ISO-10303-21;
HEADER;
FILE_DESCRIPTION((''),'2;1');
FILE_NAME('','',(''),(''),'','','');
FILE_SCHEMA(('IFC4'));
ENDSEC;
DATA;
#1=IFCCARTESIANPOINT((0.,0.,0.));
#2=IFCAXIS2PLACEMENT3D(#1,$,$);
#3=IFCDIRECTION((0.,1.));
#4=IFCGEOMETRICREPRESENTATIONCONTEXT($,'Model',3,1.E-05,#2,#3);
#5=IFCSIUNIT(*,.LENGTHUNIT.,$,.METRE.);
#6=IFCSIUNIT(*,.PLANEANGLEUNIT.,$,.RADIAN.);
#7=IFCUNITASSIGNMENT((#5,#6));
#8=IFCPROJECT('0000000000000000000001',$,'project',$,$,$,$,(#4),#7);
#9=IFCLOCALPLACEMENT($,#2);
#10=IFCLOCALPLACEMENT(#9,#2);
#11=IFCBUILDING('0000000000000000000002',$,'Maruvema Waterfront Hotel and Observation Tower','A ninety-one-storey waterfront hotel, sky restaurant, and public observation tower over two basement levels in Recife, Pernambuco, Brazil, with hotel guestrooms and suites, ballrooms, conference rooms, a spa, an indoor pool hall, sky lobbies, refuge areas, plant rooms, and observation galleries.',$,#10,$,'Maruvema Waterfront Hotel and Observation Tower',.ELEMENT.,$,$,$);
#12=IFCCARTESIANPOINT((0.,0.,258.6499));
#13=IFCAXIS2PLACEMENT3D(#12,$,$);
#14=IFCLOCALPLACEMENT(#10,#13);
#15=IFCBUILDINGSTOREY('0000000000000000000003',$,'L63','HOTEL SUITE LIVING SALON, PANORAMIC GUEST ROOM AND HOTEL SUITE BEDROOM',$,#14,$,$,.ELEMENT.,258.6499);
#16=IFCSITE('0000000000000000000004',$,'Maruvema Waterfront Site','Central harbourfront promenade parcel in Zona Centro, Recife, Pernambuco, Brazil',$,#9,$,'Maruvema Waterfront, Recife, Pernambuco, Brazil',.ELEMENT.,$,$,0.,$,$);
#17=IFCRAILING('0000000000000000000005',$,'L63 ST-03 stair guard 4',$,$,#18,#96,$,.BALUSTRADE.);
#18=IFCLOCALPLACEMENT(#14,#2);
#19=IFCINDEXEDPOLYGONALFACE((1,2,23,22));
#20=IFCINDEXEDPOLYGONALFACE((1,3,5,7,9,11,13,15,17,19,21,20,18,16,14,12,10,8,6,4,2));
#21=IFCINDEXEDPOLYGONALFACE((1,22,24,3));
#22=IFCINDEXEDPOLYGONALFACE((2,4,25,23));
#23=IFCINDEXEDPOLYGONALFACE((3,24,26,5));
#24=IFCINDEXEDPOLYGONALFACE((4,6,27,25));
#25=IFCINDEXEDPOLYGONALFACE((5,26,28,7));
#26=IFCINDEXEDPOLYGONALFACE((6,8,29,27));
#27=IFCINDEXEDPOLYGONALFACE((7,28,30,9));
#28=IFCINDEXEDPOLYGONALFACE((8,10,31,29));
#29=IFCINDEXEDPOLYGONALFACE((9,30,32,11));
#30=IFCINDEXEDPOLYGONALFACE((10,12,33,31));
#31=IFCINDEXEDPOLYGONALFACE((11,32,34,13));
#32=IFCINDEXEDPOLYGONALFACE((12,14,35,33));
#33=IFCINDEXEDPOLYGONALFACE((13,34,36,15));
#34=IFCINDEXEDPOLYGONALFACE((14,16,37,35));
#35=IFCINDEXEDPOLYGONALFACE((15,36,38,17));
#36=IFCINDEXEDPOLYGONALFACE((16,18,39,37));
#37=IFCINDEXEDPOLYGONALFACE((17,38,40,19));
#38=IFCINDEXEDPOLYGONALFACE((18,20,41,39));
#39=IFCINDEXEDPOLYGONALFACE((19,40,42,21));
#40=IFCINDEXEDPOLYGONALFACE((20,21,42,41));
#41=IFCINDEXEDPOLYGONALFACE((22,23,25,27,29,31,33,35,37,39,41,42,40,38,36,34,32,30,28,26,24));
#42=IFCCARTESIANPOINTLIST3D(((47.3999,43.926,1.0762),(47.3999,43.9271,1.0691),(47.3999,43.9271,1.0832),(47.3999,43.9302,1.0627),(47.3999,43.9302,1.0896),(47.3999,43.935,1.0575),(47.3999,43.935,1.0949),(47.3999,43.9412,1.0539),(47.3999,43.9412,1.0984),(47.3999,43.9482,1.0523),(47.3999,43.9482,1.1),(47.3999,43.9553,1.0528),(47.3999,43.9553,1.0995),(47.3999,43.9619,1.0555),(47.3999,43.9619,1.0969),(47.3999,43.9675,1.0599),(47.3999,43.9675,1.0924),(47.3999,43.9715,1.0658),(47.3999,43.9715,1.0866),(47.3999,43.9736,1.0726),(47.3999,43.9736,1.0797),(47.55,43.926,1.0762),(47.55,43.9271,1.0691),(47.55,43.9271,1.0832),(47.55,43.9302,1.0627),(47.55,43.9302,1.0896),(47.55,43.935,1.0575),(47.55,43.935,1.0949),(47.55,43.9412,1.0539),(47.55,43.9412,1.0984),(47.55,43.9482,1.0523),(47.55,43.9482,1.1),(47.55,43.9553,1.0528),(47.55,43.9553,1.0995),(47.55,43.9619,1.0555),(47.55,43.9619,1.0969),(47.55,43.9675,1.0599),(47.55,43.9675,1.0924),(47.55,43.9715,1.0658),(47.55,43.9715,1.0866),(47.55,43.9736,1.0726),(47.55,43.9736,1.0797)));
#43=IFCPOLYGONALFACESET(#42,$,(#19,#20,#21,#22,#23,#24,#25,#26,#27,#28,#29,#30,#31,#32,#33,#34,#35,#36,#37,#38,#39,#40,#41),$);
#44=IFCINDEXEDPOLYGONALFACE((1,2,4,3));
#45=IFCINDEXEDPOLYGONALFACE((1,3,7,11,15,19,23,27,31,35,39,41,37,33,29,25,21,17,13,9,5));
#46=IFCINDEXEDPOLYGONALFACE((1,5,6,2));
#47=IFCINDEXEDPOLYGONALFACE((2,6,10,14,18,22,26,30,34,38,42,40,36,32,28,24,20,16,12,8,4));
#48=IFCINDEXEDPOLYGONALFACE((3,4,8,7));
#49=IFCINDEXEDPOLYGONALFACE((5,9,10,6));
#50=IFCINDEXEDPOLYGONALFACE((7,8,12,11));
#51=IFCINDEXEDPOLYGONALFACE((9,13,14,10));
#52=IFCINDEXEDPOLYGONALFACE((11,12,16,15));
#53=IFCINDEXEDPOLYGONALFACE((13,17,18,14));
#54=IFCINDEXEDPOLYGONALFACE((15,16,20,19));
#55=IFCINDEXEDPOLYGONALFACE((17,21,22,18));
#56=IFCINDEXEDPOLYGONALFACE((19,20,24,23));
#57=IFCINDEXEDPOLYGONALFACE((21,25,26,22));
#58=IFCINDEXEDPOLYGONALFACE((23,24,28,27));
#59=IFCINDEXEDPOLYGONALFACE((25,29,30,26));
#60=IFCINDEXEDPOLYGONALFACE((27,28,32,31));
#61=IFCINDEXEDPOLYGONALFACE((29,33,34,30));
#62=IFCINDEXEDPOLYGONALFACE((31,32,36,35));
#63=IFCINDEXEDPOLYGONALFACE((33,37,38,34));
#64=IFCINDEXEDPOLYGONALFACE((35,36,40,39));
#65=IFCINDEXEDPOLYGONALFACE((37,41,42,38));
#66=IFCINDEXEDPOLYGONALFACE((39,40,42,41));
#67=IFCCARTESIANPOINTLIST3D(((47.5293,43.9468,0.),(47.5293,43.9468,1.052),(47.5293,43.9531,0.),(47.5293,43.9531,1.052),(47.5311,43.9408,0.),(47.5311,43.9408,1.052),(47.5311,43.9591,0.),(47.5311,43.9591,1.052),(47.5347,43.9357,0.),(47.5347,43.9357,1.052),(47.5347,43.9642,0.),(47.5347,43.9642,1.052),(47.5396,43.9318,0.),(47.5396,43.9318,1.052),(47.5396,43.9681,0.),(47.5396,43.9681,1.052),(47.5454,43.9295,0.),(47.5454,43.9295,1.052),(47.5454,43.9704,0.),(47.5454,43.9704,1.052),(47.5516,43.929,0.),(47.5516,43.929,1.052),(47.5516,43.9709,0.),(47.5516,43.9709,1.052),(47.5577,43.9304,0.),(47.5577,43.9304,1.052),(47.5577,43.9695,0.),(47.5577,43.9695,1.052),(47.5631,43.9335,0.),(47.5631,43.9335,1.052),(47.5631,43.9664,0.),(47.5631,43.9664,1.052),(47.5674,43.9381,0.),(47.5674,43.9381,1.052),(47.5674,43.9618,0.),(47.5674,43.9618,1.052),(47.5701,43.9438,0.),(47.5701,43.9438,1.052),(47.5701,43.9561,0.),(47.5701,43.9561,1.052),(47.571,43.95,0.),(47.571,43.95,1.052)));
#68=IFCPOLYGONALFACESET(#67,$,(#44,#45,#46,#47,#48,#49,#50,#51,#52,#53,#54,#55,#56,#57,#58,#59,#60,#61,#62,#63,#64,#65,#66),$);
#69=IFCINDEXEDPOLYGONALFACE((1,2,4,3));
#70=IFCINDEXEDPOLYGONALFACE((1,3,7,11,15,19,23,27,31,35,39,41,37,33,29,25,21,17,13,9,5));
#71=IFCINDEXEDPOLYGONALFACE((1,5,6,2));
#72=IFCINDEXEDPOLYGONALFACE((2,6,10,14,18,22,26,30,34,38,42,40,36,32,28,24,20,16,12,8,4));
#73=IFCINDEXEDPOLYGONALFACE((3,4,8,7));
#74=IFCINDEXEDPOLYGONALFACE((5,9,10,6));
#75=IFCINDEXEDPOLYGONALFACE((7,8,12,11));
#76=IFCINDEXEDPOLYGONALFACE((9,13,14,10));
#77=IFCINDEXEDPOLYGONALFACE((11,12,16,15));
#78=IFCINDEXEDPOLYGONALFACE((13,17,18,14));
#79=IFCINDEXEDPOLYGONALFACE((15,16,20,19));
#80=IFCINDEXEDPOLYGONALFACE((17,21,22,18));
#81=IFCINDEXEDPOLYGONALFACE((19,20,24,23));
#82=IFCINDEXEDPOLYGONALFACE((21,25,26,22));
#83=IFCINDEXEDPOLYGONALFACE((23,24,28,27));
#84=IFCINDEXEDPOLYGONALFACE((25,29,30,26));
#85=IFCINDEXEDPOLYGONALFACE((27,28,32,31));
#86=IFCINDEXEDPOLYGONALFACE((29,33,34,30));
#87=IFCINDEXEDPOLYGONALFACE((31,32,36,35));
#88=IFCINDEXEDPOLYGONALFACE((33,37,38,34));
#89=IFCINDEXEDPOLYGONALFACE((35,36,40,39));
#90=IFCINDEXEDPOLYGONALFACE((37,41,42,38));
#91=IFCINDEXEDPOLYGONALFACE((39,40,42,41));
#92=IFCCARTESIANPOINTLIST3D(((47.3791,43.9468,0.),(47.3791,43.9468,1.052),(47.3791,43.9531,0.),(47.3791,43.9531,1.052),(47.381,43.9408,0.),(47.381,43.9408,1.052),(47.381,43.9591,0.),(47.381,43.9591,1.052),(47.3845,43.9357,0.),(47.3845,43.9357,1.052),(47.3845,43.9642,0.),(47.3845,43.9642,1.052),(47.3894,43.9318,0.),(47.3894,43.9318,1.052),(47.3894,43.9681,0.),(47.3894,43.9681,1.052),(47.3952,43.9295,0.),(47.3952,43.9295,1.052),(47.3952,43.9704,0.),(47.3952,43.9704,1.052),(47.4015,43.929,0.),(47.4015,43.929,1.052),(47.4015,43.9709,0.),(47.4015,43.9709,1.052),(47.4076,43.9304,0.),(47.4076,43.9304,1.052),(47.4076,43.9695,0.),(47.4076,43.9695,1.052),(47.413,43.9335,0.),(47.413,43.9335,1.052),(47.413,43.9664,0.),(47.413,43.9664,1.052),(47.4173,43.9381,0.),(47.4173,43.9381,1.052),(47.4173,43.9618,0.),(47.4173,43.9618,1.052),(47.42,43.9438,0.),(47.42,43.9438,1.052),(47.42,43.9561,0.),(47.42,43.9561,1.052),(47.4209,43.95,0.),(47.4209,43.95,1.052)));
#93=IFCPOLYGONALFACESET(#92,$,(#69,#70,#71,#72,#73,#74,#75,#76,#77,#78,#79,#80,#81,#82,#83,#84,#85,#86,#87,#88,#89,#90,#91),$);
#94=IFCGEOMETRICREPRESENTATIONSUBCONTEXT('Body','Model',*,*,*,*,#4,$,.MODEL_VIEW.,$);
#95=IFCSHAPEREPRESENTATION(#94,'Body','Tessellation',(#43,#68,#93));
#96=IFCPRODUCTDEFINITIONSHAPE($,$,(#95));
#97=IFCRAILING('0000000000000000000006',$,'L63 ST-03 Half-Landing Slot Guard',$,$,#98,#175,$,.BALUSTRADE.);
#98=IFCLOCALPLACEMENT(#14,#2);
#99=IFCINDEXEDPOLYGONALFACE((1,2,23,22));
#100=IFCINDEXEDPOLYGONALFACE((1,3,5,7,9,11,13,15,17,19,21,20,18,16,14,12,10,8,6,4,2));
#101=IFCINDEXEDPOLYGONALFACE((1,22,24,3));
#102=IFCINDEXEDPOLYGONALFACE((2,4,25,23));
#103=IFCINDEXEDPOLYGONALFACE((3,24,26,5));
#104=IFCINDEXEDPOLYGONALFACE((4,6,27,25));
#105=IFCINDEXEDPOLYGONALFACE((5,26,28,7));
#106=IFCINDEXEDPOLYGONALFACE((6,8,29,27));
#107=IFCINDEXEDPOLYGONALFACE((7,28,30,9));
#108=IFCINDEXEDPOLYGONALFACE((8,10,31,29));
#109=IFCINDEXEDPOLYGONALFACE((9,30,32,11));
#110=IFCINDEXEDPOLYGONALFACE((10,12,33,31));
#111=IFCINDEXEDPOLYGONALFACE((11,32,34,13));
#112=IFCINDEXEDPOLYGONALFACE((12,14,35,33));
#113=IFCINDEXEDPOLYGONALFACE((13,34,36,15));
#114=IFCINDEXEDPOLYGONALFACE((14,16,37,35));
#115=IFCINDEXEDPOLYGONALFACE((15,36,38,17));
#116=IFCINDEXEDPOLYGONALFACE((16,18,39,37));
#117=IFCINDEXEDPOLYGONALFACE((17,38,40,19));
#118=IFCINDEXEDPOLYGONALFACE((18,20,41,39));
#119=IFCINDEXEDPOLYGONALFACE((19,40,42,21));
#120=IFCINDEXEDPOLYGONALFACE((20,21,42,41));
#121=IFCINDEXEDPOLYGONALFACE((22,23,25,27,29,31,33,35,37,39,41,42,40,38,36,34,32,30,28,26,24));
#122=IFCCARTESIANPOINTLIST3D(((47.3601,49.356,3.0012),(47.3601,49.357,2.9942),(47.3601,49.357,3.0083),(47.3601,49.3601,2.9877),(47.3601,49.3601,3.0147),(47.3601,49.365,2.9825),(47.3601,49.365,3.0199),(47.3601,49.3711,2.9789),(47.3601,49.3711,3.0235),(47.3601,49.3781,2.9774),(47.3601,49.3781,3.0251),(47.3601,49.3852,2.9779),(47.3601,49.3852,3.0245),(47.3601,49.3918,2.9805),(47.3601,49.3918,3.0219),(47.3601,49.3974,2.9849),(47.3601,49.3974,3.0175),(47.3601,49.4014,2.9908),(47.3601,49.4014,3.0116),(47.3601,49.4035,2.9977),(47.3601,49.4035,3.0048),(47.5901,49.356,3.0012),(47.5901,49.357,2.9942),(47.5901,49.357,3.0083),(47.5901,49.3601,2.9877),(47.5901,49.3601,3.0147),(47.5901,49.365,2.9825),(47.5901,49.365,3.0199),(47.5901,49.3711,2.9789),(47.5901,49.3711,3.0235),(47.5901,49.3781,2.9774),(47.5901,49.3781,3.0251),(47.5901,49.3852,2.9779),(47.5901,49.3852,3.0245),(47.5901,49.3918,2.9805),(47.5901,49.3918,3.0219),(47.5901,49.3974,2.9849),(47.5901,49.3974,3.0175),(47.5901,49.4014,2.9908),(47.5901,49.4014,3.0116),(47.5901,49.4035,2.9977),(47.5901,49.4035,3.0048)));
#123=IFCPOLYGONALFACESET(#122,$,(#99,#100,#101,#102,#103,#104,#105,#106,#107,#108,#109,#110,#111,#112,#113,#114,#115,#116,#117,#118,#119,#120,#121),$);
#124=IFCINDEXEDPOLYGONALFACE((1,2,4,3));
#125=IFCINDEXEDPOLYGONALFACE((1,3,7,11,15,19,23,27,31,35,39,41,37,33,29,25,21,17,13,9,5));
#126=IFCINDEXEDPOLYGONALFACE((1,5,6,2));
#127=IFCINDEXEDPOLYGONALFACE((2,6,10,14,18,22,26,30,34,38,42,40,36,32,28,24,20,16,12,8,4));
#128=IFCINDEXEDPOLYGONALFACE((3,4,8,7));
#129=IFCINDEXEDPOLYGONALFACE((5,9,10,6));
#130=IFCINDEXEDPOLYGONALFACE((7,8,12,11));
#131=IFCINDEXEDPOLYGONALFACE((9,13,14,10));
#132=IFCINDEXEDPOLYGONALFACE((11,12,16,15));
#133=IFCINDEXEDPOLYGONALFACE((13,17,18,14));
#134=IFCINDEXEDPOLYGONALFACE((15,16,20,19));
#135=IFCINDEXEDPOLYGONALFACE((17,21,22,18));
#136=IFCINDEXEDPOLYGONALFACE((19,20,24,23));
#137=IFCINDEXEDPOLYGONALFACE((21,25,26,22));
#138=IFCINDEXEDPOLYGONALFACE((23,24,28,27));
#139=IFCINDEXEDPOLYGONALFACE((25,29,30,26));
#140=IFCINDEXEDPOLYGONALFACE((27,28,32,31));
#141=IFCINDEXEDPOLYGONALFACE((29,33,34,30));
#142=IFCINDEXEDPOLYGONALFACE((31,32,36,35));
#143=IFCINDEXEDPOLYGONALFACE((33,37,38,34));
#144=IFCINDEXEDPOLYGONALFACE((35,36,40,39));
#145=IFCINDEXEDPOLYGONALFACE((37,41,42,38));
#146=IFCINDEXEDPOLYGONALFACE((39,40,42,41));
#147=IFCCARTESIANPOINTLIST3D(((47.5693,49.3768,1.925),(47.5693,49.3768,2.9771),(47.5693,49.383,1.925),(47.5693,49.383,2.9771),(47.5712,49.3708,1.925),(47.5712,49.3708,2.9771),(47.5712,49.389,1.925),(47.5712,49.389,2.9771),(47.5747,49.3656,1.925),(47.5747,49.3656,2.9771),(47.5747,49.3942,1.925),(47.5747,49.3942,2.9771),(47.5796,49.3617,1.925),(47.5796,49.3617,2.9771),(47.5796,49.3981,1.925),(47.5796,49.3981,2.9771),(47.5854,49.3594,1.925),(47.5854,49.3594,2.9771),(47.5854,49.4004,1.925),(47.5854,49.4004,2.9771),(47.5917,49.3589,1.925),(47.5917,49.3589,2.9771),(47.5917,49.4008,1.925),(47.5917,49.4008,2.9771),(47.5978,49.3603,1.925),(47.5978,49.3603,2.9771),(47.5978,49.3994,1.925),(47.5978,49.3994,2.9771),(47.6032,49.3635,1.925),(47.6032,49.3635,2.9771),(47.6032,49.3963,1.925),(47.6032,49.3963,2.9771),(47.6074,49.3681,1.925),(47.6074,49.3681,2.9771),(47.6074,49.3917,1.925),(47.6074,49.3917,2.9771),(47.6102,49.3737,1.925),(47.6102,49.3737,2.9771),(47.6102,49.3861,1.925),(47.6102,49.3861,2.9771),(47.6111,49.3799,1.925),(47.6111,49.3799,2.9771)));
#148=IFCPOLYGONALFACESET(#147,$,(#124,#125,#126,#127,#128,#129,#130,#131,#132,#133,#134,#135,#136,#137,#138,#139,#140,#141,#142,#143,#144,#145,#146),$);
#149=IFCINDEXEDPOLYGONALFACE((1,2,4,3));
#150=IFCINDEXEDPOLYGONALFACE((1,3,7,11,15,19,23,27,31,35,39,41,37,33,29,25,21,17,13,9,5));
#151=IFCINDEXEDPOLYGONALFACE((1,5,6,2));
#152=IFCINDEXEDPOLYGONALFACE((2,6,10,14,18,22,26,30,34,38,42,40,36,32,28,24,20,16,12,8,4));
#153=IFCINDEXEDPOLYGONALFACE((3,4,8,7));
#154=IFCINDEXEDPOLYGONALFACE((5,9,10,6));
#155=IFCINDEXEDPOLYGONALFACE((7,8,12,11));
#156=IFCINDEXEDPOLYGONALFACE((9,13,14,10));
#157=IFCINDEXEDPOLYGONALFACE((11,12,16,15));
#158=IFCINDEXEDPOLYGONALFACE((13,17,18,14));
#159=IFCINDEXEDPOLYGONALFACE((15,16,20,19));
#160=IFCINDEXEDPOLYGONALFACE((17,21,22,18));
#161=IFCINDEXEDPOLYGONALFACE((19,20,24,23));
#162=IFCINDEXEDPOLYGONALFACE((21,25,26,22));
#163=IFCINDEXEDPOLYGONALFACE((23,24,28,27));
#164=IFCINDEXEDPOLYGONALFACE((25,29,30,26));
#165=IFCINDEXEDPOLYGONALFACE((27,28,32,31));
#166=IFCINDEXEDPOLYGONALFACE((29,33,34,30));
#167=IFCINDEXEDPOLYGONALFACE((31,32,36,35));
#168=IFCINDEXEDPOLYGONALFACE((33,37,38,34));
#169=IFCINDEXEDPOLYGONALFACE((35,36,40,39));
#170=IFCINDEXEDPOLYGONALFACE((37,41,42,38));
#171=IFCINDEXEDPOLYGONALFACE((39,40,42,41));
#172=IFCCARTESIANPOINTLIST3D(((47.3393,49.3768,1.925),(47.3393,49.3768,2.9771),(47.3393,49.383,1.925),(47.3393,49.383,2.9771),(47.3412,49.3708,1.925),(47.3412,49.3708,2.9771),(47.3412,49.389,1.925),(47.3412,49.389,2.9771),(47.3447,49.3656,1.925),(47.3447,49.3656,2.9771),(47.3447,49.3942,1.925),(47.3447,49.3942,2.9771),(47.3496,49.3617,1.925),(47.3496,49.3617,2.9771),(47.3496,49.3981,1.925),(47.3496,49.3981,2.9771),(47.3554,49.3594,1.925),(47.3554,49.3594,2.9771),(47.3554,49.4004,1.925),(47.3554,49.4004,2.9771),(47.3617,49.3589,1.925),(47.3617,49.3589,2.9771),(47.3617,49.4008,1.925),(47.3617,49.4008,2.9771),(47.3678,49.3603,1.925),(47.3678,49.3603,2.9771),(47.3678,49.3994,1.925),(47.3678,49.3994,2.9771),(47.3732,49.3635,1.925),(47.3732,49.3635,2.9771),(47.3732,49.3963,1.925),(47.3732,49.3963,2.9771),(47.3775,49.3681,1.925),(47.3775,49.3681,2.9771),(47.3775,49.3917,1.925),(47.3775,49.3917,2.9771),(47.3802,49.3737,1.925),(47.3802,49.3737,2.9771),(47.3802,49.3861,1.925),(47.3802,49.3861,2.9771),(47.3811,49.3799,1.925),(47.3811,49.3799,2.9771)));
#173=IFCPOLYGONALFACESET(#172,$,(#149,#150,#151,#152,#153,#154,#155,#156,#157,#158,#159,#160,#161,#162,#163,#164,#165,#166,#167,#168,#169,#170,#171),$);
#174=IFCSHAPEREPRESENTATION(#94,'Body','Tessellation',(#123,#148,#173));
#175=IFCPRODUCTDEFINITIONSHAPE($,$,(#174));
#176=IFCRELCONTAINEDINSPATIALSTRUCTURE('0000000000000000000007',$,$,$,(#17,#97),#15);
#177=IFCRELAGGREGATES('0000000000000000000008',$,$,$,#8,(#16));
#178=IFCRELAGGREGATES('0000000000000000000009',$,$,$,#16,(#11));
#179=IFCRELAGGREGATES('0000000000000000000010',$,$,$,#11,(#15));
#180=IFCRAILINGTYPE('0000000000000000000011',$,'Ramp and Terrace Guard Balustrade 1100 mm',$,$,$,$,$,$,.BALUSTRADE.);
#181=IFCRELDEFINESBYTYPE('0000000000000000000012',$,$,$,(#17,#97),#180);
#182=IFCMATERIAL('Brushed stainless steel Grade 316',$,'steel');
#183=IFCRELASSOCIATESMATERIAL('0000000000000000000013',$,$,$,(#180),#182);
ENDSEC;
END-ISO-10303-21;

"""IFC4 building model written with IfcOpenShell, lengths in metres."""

from ifc_helpers import new_model, si_unit, direction, frame, origin, origin_2d, place, context, subcontext, project, spatial, circle, extrude, material, type_object, element, save


model = new_model("IFC4")

# Units and contexts
model_context = context("Model", 3, precision=1e-05, world=origin(), true_north=direction((0.0, 1.0)))
body_context = subcontext(model_context, "Body", "Model", "MODEL_VIEW")
ifc_project = project(units=[si_unit("LENGTHUNIT", "METRE"), si_unit("PLANEANGLEUNIT", "RADIAN")], contexts=[model_context])

# Site, building, storey
site_placement = place(None, origin())
site = spatial("IfcSite", under=ifc_project, at=site_placement, Name="Maruvema Waterfront Site", Description="Central harbourfront promenade parcel in Zona Centro, Recife, Pernambuco, Brazil", LongName="Maruvema Waterfront, Recife, Pernambuco, Brazil", CompositionType="ELEMENT", RefElevation=0.0)
building_placement = place(site_placement, origin())
building = spatial("IfcBuilding", under=site, at=building_placement, Name="Maruvema Waterfront Hotel and Observation Tower", Description="A ninety-one-storey waterfront hotel, sky restaurant, and public observation tower over two basement levels in Recife, Pernambuco, Brazil, with hotel guestrooms and suites, ballrooms, conference rooms, a spa, an indoor pool hall, sky lobbies, refuge areas, plant rooms, and observation galleries.", LongName="Maruvema Waterfront Hotel and Observation Tower", CompositionType="ELEMENT")
storey_placement = place(building_placement, frame((0.0, 0.0, 258.6499)))
storey = spatial("IfcBuildingStorey", under=building, at=storey_placement, Name="L63", Description="HOTEL SUITE LIVING SALON, PANORAMIC GUEST ROOM AND HOTEL SUITE BEDROOM", CompositionType="ELEMENT", Elevation=258.6499)

# Railings
ifc_material_1 = material(Name="Brushed stainless steel Grade 316", Category="steel")
railing_type_1 = type_object("IfcRailingType", Name="Ramp and Terrace Guard Balustrade 1100 mm", PredefinedType="BALUSTRADE", material=ifc_material_1)
for number, where, name in (
    (1, (47.55, 43.95, 0.0), "L63 ST-03 stair guard 4"),
):
    element("IfcRailing", number, at=place(storey_placement, frame(where)), inside=storey, type_object=railing_type_1, Name=name, PredefinedType="BALUSTRADE", context=body_context, shape_type="SweptSolid", body=[
        extrude(circle(Radius=0.0239, at=origin_2d()), frame((0.0, 0.0, 1.0762), z_axis=(-1.0, 0.0, 0.0), x_axis=(0.0, -1.0, 0.0)), (0.0, 0.0, 1.0), 0.1501),
        extrude(circle(Radius=0.021, at=origin_2d()), origin(), (0.0, 0.0, 1.0), 1.052),
        extrude(circle(Radius=0.021, at=origin_2d()), frame((-0.1501, 0.0, 0.0)), (0.0, 0.0, 1.0), 1.052),
    ])
railing_1_placement = place(storey_placement, frame((47.5901, 49.3799, 1.925)))
element("IfcRailing", 2, at=railing_1_placement, inside=storey, type_object=railing_type_1, Name="L63 ST-03 Half-Landing Slot Guard", PredefinedType="BALUSTRADE", context=body_context, shape_type="SweptSolid", body=[
    extrude(circle(Radius=0.0239, at=origin_2d()), frame((0.0, 0.0, 1.0762), z_axis=(-1.0, 0.0, 0.0), x_axis=(0.0, -1.0, 0.0)), (0.0, 0.0, 1.0), 0.23),
    extrude(circle(Radius=0.021, at=origin_2d()), origin(), (0.0, 0.0, 1.0), 1.052),
    extrude(circle(Radius=0.021, at=origin_2d()), frame((-0.23, 0.0, 0.0)), (0.0, 0.0, 1.0), 1.052),
])

save(model, "model.ifc")
